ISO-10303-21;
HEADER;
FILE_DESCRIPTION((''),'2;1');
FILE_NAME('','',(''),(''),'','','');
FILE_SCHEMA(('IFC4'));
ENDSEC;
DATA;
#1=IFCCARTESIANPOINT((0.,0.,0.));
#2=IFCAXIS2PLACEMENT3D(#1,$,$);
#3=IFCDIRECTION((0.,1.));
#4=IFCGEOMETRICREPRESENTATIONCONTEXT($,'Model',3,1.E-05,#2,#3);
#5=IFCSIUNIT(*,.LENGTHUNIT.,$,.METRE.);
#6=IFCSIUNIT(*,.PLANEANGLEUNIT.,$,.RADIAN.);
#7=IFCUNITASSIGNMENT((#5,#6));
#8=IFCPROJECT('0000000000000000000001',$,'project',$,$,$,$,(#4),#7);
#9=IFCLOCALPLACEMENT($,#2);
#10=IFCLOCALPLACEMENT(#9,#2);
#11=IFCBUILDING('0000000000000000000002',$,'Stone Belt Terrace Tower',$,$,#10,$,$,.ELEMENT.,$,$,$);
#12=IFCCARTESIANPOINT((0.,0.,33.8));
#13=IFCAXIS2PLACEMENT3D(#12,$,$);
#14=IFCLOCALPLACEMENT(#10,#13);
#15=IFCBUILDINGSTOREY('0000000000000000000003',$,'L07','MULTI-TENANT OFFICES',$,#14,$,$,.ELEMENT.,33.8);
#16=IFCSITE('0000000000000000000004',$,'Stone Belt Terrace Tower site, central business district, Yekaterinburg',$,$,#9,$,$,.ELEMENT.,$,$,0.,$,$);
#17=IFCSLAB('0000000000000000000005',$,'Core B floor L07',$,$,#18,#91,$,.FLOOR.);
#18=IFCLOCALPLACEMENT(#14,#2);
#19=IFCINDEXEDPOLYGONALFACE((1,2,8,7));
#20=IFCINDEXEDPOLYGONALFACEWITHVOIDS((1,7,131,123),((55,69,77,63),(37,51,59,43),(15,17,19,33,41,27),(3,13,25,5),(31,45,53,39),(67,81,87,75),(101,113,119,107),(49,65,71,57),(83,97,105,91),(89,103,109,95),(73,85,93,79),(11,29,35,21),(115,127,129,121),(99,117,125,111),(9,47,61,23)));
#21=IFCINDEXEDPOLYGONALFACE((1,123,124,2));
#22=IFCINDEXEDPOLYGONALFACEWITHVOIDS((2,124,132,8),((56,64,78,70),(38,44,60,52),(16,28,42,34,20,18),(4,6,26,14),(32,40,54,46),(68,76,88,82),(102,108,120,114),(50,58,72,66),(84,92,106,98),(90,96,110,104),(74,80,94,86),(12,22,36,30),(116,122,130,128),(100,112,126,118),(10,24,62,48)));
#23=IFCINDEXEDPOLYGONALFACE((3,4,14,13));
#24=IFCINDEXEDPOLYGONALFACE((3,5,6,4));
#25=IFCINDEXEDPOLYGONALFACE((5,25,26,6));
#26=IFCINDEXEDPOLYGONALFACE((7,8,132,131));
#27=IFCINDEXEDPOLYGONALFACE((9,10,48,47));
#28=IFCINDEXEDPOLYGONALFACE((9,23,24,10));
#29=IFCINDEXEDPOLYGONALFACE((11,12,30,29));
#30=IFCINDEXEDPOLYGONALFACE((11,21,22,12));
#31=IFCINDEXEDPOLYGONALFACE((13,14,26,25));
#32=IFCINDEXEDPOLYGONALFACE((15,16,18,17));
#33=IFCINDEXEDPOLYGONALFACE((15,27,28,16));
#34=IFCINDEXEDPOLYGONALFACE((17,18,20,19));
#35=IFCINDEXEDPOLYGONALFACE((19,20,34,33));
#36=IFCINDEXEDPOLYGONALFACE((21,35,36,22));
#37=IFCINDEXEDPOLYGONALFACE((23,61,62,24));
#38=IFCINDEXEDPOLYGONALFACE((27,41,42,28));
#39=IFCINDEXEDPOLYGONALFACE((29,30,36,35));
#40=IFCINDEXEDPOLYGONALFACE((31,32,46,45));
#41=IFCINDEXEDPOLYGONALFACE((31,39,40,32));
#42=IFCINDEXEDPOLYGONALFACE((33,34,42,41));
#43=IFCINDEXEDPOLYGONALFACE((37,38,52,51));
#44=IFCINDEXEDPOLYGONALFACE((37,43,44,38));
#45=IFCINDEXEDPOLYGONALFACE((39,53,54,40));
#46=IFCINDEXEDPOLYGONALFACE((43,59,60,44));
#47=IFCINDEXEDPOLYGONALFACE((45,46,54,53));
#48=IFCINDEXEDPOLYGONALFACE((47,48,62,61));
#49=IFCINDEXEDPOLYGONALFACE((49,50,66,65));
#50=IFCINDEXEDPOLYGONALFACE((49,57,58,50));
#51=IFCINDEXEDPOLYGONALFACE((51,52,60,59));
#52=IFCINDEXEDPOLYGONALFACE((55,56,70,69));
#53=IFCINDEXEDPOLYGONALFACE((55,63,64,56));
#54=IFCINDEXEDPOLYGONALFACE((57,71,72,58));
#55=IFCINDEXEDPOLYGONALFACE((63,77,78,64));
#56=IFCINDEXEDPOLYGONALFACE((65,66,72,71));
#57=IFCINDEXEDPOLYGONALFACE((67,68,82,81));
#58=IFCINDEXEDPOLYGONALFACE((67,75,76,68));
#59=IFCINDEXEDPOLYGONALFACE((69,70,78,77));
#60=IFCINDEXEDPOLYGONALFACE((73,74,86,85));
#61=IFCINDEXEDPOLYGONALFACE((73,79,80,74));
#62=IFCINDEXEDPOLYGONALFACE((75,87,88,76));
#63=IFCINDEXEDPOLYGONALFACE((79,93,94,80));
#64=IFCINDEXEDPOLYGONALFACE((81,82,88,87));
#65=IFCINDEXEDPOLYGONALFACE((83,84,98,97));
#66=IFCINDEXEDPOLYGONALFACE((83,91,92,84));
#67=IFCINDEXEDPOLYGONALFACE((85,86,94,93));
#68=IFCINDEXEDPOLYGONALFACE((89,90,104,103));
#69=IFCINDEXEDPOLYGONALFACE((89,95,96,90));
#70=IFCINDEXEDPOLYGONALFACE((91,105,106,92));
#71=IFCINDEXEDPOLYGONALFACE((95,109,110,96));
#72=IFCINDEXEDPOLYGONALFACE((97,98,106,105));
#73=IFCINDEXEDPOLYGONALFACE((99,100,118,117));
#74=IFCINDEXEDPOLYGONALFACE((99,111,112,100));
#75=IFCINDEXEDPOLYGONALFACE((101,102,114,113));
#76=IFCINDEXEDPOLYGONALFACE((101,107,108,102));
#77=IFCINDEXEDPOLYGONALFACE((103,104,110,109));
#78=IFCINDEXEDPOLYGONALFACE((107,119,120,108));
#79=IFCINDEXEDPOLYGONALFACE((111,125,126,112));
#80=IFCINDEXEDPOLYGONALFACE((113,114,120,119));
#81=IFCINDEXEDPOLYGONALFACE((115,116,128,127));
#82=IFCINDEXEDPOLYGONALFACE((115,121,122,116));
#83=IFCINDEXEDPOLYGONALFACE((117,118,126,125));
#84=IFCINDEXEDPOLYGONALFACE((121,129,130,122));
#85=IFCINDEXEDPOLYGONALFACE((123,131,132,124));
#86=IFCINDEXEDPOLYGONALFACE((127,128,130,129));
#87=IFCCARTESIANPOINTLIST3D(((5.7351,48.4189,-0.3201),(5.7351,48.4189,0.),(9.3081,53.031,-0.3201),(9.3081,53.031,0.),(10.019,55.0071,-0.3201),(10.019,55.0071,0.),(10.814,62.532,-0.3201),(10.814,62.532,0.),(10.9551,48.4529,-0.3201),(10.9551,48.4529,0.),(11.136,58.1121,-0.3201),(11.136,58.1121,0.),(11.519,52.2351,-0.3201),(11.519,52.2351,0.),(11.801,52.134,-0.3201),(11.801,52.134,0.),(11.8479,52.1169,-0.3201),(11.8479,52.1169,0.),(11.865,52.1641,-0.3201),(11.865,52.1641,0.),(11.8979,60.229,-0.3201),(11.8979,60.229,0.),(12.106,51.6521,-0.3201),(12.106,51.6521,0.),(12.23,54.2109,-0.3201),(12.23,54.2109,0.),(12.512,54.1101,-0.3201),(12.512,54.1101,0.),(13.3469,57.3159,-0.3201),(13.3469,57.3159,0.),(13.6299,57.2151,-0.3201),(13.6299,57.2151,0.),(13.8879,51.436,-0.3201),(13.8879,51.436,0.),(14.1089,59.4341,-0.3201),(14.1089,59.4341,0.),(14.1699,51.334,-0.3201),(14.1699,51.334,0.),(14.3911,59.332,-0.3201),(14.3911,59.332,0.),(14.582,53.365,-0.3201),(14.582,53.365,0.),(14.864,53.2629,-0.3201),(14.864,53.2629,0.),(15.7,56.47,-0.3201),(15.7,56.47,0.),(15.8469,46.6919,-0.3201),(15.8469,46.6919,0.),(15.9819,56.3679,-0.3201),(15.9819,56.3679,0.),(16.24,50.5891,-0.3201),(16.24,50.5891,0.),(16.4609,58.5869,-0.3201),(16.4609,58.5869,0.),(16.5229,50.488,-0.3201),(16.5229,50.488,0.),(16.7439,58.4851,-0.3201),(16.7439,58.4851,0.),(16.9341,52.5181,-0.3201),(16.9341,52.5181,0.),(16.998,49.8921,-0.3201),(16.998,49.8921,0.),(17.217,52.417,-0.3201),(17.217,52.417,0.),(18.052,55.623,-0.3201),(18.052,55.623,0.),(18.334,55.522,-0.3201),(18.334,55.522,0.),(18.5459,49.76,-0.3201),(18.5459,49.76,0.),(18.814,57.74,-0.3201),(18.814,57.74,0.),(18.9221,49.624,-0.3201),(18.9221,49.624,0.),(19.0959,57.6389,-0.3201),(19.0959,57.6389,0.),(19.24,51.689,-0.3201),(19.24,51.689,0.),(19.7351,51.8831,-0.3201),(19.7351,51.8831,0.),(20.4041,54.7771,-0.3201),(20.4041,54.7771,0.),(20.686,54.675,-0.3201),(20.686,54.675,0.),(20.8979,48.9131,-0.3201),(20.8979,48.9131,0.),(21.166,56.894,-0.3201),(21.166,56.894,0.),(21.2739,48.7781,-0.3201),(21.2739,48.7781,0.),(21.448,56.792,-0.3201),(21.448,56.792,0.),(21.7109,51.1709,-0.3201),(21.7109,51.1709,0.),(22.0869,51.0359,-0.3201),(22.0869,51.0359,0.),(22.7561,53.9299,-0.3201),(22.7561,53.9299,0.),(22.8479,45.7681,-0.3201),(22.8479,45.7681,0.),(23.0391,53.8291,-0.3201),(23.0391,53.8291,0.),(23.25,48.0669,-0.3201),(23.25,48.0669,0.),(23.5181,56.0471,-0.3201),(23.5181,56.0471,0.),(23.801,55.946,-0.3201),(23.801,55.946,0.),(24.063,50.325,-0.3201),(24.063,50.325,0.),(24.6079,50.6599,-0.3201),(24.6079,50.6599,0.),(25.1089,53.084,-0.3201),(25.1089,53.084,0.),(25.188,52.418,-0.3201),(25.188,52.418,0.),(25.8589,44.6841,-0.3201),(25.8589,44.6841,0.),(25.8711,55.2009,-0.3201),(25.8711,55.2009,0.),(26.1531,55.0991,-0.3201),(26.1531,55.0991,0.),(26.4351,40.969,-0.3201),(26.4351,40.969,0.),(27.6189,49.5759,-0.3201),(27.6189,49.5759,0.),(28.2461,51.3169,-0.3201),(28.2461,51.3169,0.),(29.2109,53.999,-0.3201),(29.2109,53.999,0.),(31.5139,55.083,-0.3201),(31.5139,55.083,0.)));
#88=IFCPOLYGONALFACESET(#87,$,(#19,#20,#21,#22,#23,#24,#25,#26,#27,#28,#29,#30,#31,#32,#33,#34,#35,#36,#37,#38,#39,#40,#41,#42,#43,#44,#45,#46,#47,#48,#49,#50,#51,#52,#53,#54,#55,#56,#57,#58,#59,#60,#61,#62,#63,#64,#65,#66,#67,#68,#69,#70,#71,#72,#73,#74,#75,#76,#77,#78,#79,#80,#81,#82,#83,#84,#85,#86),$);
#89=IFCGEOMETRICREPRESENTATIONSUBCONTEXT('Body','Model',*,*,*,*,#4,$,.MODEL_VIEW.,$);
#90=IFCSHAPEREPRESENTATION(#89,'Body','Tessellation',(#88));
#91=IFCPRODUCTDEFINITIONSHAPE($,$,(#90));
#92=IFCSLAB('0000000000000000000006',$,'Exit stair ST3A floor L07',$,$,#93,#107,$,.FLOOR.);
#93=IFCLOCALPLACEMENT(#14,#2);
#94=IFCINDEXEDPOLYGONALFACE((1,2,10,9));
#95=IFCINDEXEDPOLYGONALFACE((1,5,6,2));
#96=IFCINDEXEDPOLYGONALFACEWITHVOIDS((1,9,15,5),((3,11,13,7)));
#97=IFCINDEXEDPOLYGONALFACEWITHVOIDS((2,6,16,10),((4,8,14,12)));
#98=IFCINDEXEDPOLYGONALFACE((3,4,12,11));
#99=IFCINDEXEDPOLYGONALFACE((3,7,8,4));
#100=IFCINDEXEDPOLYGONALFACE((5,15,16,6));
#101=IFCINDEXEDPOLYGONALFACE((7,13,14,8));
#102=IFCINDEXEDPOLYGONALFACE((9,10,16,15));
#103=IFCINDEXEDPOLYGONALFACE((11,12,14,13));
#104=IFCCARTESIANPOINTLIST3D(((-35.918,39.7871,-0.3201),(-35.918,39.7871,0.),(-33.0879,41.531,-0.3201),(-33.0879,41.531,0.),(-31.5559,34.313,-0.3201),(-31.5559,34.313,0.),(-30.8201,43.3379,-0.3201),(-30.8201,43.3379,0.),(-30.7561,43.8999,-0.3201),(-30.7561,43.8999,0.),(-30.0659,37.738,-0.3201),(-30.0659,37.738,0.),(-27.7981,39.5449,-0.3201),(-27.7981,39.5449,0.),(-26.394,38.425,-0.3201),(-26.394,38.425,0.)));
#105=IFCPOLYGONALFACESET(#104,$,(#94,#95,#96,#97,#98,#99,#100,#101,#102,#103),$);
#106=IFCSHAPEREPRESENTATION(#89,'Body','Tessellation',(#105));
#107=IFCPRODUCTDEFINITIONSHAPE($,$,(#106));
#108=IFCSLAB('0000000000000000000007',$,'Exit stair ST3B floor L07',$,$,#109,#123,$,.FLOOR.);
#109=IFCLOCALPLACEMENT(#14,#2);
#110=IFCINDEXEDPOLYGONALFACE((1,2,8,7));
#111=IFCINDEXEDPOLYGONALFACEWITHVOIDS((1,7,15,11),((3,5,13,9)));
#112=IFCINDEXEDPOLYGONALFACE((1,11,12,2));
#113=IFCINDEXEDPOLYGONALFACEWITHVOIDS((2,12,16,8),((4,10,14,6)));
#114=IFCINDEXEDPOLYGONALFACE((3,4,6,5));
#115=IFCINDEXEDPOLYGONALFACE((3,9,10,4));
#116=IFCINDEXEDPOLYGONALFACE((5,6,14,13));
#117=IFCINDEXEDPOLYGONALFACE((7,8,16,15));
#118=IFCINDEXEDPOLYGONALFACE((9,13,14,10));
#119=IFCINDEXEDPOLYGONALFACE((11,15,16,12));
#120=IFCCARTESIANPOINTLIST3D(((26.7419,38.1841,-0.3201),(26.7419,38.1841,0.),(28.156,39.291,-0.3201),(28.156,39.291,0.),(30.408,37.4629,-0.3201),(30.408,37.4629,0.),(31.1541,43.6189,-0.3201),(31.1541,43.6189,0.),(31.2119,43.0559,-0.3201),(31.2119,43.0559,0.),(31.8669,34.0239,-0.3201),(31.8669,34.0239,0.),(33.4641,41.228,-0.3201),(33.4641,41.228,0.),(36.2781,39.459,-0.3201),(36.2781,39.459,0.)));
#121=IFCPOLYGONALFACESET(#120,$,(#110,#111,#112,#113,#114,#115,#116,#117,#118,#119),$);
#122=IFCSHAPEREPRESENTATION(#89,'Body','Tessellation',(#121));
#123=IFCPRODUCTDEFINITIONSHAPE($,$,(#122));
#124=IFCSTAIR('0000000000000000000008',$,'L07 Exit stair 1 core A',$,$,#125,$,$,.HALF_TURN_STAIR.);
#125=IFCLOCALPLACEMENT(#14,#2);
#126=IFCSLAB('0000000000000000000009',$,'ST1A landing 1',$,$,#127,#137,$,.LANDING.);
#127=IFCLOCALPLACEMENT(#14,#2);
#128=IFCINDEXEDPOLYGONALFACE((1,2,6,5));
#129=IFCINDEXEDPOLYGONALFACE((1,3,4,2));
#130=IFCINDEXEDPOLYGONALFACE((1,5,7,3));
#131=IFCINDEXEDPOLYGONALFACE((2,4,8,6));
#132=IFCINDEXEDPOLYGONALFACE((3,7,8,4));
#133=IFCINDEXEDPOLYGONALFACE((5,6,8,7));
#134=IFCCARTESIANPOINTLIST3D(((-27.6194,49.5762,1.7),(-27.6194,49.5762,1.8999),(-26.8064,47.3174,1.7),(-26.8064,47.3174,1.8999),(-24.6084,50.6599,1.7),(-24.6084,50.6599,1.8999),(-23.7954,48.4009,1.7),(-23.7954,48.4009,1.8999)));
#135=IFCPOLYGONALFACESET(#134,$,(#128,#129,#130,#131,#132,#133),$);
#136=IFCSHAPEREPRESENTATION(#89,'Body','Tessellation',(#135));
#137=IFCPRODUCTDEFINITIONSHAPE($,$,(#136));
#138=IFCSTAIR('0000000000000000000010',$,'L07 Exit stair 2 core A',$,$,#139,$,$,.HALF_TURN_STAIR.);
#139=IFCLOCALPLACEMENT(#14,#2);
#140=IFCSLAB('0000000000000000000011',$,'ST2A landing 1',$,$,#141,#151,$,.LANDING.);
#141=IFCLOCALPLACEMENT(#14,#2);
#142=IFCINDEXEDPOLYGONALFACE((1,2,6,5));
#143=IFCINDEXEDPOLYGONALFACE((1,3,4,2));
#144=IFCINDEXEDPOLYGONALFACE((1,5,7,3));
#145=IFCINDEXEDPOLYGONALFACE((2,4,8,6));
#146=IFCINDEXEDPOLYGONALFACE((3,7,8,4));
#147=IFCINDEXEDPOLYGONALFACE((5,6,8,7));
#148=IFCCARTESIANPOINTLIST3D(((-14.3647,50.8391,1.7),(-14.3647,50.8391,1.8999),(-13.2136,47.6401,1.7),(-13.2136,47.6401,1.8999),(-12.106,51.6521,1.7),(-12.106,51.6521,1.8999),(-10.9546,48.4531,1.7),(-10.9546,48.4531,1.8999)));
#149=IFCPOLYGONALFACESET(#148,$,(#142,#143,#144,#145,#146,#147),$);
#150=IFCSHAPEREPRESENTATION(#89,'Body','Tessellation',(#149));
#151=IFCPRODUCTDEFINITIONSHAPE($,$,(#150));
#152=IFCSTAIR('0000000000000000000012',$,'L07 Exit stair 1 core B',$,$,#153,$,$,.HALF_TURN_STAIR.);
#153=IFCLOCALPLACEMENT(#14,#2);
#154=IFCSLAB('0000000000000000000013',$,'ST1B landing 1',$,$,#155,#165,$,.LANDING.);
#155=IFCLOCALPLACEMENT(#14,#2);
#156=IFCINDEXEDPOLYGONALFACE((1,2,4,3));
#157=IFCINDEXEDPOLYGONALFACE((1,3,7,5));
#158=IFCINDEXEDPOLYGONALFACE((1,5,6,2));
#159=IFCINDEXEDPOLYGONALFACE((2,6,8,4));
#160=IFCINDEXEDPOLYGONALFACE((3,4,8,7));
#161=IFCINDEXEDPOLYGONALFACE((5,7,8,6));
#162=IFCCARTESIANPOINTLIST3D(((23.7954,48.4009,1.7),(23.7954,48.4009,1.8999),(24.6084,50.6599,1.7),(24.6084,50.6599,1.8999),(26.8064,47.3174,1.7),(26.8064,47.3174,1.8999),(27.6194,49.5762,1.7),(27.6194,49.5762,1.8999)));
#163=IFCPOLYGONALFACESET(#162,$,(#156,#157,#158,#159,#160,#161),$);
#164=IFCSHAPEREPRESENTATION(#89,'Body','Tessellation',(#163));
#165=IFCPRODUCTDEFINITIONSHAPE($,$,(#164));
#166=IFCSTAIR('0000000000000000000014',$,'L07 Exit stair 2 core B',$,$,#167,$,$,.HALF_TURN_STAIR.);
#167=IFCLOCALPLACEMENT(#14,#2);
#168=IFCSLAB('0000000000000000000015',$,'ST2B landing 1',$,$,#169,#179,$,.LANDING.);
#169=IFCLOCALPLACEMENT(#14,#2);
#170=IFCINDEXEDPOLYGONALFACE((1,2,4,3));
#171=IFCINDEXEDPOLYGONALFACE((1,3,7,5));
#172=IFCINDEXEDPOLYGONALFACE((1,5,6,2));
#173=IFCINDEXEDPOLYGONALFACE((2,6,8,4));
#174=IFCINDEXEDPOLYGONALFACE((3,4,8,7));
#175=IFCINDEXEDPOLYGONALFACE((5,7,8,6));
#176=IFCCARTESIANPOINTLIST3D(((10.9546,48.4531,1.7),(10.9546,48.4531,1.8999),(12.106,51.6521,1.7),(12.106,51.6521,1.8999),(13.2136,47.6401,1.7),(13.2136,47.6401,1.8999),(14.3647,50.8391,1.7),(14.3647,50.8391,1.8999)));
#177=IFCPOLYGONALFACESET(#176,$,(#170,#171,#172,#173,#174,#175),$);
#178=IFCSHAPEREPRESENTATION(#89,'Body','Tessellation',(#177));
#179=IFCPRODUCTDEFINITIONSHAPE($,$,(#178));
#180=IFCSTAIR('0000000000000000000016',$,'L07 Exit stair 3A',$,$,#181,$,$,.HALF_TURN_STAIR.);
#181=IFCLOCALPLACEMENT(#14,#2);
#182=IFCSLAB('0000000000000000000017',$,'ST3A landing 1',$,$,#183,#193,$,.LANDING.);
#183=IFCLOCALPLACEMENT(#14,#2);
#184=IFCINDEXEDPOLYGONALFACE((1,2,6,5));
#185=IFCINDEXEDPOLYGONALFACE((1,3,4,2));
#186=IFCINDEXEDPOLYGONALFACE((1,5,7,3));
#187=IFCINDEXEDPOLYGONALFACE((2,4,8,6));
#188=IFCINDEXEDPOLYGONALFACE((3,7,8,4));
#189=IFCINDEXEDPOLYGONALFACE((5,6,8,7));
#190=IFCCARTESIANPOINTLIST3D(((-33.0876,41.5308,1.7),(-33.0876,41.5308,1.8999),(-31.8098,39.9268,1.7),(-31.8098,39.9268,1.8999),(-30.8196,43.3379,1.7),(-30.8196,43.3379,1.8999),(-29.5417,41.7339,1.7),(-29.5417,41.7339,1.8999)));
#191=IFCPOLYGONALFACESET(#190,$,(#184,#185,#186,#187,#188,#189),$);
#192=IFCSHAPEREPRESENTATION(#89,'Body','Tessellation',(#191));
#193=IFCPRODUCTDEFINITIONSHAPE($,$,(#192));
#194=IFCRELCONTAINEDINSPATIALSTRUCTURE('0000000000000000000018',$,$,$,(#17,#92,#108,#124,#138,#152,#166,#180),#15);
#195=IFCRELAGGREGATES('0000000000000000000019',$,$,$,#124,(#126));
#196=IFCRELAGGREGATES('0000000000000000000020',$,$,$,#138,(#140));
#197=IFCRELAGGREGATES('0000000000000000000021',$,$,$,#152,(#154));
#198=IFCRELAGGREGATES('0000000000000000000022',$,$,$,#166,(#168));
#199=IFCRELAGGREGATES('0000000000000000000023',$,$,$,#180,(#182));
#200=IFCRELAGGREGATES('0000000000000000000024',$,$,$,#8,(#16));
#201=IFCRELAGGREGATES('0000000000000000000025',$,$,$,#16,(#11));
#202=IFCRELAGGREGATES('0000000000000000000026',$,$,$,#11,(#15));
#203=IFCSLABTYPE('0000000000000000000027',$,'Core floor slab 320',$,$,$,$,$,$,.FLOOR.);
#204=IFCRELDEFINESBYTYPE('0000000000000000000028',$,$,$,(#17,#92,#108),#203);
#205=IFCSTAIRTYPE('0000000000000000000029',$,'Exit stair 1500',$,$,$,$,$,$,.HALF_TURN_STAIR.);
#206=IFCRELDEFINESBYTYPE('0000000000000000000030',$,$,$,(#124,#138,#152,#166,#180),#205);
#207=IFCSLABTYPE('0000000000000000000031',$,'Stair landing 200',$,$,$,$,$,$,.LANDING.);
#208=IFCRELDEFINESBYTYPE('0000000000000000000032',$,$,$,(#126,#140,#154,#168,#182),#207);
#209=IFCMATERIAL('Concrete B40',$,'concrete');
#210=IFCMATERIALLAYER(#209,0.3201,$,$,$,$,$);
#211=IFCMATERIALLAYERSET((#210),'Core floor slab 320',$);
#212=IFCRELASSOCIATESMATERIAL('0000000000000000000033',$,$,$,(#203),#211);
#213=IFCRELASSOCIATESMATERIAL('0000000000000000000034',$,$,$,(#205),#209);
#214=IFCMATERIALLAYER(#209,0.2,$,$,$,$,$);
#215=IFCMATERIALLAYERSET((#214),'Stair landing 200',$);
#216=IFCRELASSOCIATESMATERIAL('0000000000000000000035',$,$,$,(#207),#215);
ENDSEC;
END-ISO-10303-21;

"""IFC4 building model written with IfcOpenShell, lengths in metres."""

from ifc_helpers import new_model, si_unit, direction, frame, origin, place, context, subcontext, project, spatial, polyline, outline, extrude, material, layer, layer_set, type_object, element, aggregate, save


model = new_model("IFC4")

# Units and contexts
model_context = context("Model", 3, precision=1e-05, world=origin(), true_north=direction((0.0, 1.0)))
body_context = subcontext(model_context, "Body", "Model", "MODEL_VIEW")
ifc_project = project(units=[si_unit("LENGTHUNIT", "METRE"), si_unit("PLANEANGLEUNIT", "RADIAN")], contexts=[model_context])

# Site, building, storey
site_placement = place(None, origin())
site = spatial("IfcSite", under=ifc_project, at=site_placement, Name="Stone Belt Terrace Tower site, central business district, Yekaterinburg", CompositionType="ELEMENT", RefElevation=0.0)
building_placement = place(site_placement, origin())
building = spatial("IfcBuilding", under=site, at=building_placement, Name="Stone Belt Terrace Tower", CompositionType="ELEMENT")
storey_placement = place(building_placement, frame((0.0, 0.0, 33.8)))
storey = spatial("IfcBuildingStorey", under=building, at=storey_placement, Name="L07", Description="MULTI-TENANT OFFICES", CompositionType="ELEMENT", Elevation=33.8)

# Slabs
ifc_material_1 = material(Name="Concrete B40", Category="concrete")
ifc_layer_1 = layer(ifc_material_1, 0.3201)
ifc_layer_set_1 = layer_set([ifc_layer_1], Name="Core floor slab 320")
slab_type_1 = type_object("IfcSlabType", Name="Core floor slab 320", PredefinedType="FLOOR", material=ifc_layer_set_1)
slab_1_placement = place(storey_placement, frame((0.0, 0.0, -0.3201)))
element("IfcSlab", 1, at=slab_1_placement, inside=storey, type_object=slab_type_1, Name="Core B floor L07", PredefinedType="FLOOR", context=body_context, shape_type="SweptSolid", body=[
    extrude(outline(polyline([(26.4351, 40.969), (31.5139, 55.083), (10.814, 62.532), (5.7351, 48.4189), (26.4351, 40.969)]), holes=[polyline([(12.106, 51.6521), (16.998, 49.8921), (15.8469, 46.6919), (10.9551, 48.4529), (12.106, 51.6521)]), polyline([(19.24, 51.689), (18.5459, 49.76), (16.5229, 50.488), (17.217, 52.417), (19.24, 51.689)]), polyline([(16.24, 50.5891), (14.1699, 51.334), (14.864, 53.2629), (16.9341, 52.5181), (16.24, 50.5891)]), polyline([(14.582, 53.365), (13.8879, 51.436), (11.865, 52.1641), (11.8479, 52.1169), (11.801, 52.134), (12.512, 54.1101), (14.582, 53.365)]), polyline([(9.3081, 53.031), (10.019, 55.0071), (12.23, 54.2109), (11.519, 52.2351), (9.3081, 53.031)]), polyline([(16.7439, 58.4851), (18.814, 57.74), (18.052, 55.623), (15.9819, 56.3679), (16.7439, 58.4851)]), polyline([(14.3911, 59.332), (16.4609, 58.5869), (15.7, 56.47), (13.6299, 57.2151), (14.3911, 59.332)]), polyline([(11.8979, 60.229), (14.1089, 59.4341), (13.3469, 57.3159), (11.136, 58.1121), (11.8979, 60.229)]), polyline([(25.8589, 44.6841), (22.8479, 45.7681), (24.6079, 50.6599), (27.6189, 49.5759), (25.8589, 44.6841)]), polyline([(21.2739, 48.7781), (22.0869, 51.0359), (24.063, 50.325), (23.25, 48.0669), (21.2739, 48.7781)]), polyline([(18.9221, 49.624), (19.7351, 51.8831), (21.7109, 51.1709), (20.8979, 48.9131), (18.9221, 49.624)]), polyline([(29.2109, 53.999), (28.2461, 51.3169), (25.188, 52.418), (26.1531, 55.0991), (29.2109, 53.999)]), polyline([(23.801, 55.946), (25.8711, 55.2009), (25.1089, 53.084), (23.0391, 53.8291), (23.801, 55.946)]), polyline([(21.448, 56.792), (23.5181, 56.0471), (22.7561, 53.9299), (20.686, 54.675), (21.448, 56.792)]), polyline([(19.0959, 57.6389), (21.166, 56.894), (20.4041, 54.7771), (18.334, 55.522), (19.0959, 57.6389)])]), origin(), (0.0, 0.0, 1.0), 0.3201),
])
slab_2_placement = place(storey_placement, frame((0.0, 0.0, -0.3201)))
element("IfcSlab", 2, at=slab_2_placement, inside=storey, type_object=slab_type_1, Name="Exit stair ST3A floor L07", PredefinedType="FLOOR", context=body_context, shape_type="SweptSolid", body=[
    extrude(outline(polyline([(-26.394, 38.425), (-30.7561, 43.8999), (-35.918, 39.7871), (-31.5559, 34.313), (-26.394, 38.425)]), holes=[polyline([(-27.7981, 39.5449), (-30.0659, 37.738), (-33.0879, 41.531), (-30.8201, 43.3379), (-27.7981, 39.5449)])]), origin(), (0.0, 0.0, 1.0), 0.3201),
])
slab_3_placement = place(storey_placement, frame((0.0, 0.0, -0.3201)))
element("IfcSlab", 3, at=slab_3_placement, inside=storey, type_object=slab_type_1, Name="Exit stair ST3B floor L07", PredefinedType="FLOOR", context=body_context, shape_type="SweptSolid", body=[
    extrude(outline(polyline([(26.7419, 38.1841), (31.8669, 34.0239), (36.2781, 39.459), (31.1541, 43.6189), (26.7419, 38.1841)]), holes=[polyline([(30.408, 37.4629), (28.156, 39.291), (31.2119, 43.0559), (33.4641, 41.228), (30.408, 37.4629)])]), origin(), (0.0, 0.0, 1.0), 0.3201),
])

# Stairs, slabs
stair_type = type_object("IfcStairType", Name="Exit stair 1500", PredefinedType="HALF_TURN_STAIR", material=ifc_material_1)
stair_1_placement = place(storey_placement, origin())
stair_1 = element("IfcStair", 4, at=stair_1_placement, inside=storey, type_object=stair_type, Name="L07 Exit stair 1 core A", PredefinedType="HALF_TURN_STAIR")
ifc_layer_2 = layer(ifc_material_1, 0.2)
ifc_layer_set_2 = layer_set([ifc_layer_2], Name="Stair landing 200")
slab_type_2 = type_object("IfcSlabType", Name="Stair landing 200", PredefinedType="LANDING", material=ifc_layer_set_2)
slab_4_placement = place(storey_placement, frame((0.0, 0.0, 1.7)))
slab_4 = element("IfcSlab", 5, at=slab_4_placement, type_object=slab_type_2, Name="ST1A landing 1", PredefinedType="LANDING", context=body_context, shape_type="SweptSolid", body=[
    extrude(outline(polyline([(-23.7954, 48.4009), (-24.6084, 50.6599), (-27.6194, 49.5762), (-26.8064, 47.3174), (-23.7954, 48.4009)])), origin(), (0.0, 0.0, 1.0), 0.2),
])
aggregate(stair_1, [slab_4])
stair_2_placement = place(storey_placement, origin())
stair_2 = element("IfcStair", 6, at=stair_2_placement, inside=storey, type_object=stair_type, Name="L07 Exit stair 2 core A", PredefinedType="HALF_TURN_STAIR")
slab_5_placement = place(storey_placement, frame((0.0, 0.0, 1.7)))
slab_5 = element("IfcSlab", 7, at=slab_5_placement, type_object=slab_type_2, Name="ST2A landing 1", PredefinedType="LANDING", context=body_context, shape_type="SweptSolid", body=[
    extrude(outline(polyline([(-13.2136, 47.6401), (-10.9546, 48.4531), (-12.106, 51.6521), (-14.3647, 50.8391), (-13.2136, 47.6401)])), origin(), (0.0, 0.0, 1.0), 0.2),
])
aggregate(stair_2, [slab_5])
stair_3_placement = place(storey_placement, origin())
stair_3 = element("IfcStair", 8, at=stair_3_placement, inside=storey, type_object=stair_type, Name="L07 Exit stair 1 core B", PredefinedType="HALF_TURN_STAIR")
slab_6_placement = place(storey_placement, frame((0.0, 0.0, 1.7)))
slab_6 = element("IfcSlab", 9, at=slab_6_placement, type_object=slab_type_2, Name="ST1B landing 1", PredefinedType="LANDING", context=body_context, shape_type="SweptSolid", body=[
    extrude(outline(polyline([(26.8064, 47.3174), (27.6194, 49.5762), (24.6084, 50.6599), (23.7954, 48.4009), (26.8064, 47.3174)])), origin(), (0.0, 0.0, 1.0), 0.2),
])
aggregate(stair_3, [slab_6])
stair_4_placement = place(storey_placement, origin())
stair_4 = element("IfcStair", 10, at=stair_4_placement, inside=storey, type_object=stair_type, Name="L07 Exit stair 2 core B", PredefinedType="HALF_TURN_STAIR")
slab_7_placement = place(storey_placement, frame((0.0, 0.0, 1.7)))
slab_7 = element("IfcSlab", 11, at=slab_7_placement, type_object=slab_type_2, Name="ST2B landing 1", PredefinedType="LANDING", context=body_context, shape_type="SweptSolid", body=[
    extrude(outline(polyline([(14.3647, 50.8391), (12.106, 51.6521), (10.9546, 48.4531), (13.2136, 47.6401), (14.3647, 50.8391)])), origin(), (0.0, 0.0, 1.0), 0.2),
])
aggregate(stair_4, [slab_7])
stair_5_placement = place(storey_placement, origin())
stair_5 = element("IfcStair", 12, at=stair_5_placement, inside=storey, type_object=stair_type, Name="L07 Exit stair 3A", PredefinedType="HALF_TURN_STAIR")
slab_8_placement = place(storey_placement, frame((0.0, 0.0, 1.7)))
slab_8 = element("IfcSlab", 13, at=slab_8_placement, type_object=slab_type_2, Name="ST3A landing 1", PredefinedType="LANDING", context=body_context, shape_type="SweptSolid", body=[
    extrude(outline(polyline([(-29.5417, 41.7339), (-30.8196, 43.3379), (-33.0876, 41.5308), (-31.8098, 39.9268), (-29.5417, 41.7339)])), origin(), (0.0, 0.0, 1.0), 0.2),
])
aggregate(stair_5, [slab_8])

save(model, "model.ifc")
